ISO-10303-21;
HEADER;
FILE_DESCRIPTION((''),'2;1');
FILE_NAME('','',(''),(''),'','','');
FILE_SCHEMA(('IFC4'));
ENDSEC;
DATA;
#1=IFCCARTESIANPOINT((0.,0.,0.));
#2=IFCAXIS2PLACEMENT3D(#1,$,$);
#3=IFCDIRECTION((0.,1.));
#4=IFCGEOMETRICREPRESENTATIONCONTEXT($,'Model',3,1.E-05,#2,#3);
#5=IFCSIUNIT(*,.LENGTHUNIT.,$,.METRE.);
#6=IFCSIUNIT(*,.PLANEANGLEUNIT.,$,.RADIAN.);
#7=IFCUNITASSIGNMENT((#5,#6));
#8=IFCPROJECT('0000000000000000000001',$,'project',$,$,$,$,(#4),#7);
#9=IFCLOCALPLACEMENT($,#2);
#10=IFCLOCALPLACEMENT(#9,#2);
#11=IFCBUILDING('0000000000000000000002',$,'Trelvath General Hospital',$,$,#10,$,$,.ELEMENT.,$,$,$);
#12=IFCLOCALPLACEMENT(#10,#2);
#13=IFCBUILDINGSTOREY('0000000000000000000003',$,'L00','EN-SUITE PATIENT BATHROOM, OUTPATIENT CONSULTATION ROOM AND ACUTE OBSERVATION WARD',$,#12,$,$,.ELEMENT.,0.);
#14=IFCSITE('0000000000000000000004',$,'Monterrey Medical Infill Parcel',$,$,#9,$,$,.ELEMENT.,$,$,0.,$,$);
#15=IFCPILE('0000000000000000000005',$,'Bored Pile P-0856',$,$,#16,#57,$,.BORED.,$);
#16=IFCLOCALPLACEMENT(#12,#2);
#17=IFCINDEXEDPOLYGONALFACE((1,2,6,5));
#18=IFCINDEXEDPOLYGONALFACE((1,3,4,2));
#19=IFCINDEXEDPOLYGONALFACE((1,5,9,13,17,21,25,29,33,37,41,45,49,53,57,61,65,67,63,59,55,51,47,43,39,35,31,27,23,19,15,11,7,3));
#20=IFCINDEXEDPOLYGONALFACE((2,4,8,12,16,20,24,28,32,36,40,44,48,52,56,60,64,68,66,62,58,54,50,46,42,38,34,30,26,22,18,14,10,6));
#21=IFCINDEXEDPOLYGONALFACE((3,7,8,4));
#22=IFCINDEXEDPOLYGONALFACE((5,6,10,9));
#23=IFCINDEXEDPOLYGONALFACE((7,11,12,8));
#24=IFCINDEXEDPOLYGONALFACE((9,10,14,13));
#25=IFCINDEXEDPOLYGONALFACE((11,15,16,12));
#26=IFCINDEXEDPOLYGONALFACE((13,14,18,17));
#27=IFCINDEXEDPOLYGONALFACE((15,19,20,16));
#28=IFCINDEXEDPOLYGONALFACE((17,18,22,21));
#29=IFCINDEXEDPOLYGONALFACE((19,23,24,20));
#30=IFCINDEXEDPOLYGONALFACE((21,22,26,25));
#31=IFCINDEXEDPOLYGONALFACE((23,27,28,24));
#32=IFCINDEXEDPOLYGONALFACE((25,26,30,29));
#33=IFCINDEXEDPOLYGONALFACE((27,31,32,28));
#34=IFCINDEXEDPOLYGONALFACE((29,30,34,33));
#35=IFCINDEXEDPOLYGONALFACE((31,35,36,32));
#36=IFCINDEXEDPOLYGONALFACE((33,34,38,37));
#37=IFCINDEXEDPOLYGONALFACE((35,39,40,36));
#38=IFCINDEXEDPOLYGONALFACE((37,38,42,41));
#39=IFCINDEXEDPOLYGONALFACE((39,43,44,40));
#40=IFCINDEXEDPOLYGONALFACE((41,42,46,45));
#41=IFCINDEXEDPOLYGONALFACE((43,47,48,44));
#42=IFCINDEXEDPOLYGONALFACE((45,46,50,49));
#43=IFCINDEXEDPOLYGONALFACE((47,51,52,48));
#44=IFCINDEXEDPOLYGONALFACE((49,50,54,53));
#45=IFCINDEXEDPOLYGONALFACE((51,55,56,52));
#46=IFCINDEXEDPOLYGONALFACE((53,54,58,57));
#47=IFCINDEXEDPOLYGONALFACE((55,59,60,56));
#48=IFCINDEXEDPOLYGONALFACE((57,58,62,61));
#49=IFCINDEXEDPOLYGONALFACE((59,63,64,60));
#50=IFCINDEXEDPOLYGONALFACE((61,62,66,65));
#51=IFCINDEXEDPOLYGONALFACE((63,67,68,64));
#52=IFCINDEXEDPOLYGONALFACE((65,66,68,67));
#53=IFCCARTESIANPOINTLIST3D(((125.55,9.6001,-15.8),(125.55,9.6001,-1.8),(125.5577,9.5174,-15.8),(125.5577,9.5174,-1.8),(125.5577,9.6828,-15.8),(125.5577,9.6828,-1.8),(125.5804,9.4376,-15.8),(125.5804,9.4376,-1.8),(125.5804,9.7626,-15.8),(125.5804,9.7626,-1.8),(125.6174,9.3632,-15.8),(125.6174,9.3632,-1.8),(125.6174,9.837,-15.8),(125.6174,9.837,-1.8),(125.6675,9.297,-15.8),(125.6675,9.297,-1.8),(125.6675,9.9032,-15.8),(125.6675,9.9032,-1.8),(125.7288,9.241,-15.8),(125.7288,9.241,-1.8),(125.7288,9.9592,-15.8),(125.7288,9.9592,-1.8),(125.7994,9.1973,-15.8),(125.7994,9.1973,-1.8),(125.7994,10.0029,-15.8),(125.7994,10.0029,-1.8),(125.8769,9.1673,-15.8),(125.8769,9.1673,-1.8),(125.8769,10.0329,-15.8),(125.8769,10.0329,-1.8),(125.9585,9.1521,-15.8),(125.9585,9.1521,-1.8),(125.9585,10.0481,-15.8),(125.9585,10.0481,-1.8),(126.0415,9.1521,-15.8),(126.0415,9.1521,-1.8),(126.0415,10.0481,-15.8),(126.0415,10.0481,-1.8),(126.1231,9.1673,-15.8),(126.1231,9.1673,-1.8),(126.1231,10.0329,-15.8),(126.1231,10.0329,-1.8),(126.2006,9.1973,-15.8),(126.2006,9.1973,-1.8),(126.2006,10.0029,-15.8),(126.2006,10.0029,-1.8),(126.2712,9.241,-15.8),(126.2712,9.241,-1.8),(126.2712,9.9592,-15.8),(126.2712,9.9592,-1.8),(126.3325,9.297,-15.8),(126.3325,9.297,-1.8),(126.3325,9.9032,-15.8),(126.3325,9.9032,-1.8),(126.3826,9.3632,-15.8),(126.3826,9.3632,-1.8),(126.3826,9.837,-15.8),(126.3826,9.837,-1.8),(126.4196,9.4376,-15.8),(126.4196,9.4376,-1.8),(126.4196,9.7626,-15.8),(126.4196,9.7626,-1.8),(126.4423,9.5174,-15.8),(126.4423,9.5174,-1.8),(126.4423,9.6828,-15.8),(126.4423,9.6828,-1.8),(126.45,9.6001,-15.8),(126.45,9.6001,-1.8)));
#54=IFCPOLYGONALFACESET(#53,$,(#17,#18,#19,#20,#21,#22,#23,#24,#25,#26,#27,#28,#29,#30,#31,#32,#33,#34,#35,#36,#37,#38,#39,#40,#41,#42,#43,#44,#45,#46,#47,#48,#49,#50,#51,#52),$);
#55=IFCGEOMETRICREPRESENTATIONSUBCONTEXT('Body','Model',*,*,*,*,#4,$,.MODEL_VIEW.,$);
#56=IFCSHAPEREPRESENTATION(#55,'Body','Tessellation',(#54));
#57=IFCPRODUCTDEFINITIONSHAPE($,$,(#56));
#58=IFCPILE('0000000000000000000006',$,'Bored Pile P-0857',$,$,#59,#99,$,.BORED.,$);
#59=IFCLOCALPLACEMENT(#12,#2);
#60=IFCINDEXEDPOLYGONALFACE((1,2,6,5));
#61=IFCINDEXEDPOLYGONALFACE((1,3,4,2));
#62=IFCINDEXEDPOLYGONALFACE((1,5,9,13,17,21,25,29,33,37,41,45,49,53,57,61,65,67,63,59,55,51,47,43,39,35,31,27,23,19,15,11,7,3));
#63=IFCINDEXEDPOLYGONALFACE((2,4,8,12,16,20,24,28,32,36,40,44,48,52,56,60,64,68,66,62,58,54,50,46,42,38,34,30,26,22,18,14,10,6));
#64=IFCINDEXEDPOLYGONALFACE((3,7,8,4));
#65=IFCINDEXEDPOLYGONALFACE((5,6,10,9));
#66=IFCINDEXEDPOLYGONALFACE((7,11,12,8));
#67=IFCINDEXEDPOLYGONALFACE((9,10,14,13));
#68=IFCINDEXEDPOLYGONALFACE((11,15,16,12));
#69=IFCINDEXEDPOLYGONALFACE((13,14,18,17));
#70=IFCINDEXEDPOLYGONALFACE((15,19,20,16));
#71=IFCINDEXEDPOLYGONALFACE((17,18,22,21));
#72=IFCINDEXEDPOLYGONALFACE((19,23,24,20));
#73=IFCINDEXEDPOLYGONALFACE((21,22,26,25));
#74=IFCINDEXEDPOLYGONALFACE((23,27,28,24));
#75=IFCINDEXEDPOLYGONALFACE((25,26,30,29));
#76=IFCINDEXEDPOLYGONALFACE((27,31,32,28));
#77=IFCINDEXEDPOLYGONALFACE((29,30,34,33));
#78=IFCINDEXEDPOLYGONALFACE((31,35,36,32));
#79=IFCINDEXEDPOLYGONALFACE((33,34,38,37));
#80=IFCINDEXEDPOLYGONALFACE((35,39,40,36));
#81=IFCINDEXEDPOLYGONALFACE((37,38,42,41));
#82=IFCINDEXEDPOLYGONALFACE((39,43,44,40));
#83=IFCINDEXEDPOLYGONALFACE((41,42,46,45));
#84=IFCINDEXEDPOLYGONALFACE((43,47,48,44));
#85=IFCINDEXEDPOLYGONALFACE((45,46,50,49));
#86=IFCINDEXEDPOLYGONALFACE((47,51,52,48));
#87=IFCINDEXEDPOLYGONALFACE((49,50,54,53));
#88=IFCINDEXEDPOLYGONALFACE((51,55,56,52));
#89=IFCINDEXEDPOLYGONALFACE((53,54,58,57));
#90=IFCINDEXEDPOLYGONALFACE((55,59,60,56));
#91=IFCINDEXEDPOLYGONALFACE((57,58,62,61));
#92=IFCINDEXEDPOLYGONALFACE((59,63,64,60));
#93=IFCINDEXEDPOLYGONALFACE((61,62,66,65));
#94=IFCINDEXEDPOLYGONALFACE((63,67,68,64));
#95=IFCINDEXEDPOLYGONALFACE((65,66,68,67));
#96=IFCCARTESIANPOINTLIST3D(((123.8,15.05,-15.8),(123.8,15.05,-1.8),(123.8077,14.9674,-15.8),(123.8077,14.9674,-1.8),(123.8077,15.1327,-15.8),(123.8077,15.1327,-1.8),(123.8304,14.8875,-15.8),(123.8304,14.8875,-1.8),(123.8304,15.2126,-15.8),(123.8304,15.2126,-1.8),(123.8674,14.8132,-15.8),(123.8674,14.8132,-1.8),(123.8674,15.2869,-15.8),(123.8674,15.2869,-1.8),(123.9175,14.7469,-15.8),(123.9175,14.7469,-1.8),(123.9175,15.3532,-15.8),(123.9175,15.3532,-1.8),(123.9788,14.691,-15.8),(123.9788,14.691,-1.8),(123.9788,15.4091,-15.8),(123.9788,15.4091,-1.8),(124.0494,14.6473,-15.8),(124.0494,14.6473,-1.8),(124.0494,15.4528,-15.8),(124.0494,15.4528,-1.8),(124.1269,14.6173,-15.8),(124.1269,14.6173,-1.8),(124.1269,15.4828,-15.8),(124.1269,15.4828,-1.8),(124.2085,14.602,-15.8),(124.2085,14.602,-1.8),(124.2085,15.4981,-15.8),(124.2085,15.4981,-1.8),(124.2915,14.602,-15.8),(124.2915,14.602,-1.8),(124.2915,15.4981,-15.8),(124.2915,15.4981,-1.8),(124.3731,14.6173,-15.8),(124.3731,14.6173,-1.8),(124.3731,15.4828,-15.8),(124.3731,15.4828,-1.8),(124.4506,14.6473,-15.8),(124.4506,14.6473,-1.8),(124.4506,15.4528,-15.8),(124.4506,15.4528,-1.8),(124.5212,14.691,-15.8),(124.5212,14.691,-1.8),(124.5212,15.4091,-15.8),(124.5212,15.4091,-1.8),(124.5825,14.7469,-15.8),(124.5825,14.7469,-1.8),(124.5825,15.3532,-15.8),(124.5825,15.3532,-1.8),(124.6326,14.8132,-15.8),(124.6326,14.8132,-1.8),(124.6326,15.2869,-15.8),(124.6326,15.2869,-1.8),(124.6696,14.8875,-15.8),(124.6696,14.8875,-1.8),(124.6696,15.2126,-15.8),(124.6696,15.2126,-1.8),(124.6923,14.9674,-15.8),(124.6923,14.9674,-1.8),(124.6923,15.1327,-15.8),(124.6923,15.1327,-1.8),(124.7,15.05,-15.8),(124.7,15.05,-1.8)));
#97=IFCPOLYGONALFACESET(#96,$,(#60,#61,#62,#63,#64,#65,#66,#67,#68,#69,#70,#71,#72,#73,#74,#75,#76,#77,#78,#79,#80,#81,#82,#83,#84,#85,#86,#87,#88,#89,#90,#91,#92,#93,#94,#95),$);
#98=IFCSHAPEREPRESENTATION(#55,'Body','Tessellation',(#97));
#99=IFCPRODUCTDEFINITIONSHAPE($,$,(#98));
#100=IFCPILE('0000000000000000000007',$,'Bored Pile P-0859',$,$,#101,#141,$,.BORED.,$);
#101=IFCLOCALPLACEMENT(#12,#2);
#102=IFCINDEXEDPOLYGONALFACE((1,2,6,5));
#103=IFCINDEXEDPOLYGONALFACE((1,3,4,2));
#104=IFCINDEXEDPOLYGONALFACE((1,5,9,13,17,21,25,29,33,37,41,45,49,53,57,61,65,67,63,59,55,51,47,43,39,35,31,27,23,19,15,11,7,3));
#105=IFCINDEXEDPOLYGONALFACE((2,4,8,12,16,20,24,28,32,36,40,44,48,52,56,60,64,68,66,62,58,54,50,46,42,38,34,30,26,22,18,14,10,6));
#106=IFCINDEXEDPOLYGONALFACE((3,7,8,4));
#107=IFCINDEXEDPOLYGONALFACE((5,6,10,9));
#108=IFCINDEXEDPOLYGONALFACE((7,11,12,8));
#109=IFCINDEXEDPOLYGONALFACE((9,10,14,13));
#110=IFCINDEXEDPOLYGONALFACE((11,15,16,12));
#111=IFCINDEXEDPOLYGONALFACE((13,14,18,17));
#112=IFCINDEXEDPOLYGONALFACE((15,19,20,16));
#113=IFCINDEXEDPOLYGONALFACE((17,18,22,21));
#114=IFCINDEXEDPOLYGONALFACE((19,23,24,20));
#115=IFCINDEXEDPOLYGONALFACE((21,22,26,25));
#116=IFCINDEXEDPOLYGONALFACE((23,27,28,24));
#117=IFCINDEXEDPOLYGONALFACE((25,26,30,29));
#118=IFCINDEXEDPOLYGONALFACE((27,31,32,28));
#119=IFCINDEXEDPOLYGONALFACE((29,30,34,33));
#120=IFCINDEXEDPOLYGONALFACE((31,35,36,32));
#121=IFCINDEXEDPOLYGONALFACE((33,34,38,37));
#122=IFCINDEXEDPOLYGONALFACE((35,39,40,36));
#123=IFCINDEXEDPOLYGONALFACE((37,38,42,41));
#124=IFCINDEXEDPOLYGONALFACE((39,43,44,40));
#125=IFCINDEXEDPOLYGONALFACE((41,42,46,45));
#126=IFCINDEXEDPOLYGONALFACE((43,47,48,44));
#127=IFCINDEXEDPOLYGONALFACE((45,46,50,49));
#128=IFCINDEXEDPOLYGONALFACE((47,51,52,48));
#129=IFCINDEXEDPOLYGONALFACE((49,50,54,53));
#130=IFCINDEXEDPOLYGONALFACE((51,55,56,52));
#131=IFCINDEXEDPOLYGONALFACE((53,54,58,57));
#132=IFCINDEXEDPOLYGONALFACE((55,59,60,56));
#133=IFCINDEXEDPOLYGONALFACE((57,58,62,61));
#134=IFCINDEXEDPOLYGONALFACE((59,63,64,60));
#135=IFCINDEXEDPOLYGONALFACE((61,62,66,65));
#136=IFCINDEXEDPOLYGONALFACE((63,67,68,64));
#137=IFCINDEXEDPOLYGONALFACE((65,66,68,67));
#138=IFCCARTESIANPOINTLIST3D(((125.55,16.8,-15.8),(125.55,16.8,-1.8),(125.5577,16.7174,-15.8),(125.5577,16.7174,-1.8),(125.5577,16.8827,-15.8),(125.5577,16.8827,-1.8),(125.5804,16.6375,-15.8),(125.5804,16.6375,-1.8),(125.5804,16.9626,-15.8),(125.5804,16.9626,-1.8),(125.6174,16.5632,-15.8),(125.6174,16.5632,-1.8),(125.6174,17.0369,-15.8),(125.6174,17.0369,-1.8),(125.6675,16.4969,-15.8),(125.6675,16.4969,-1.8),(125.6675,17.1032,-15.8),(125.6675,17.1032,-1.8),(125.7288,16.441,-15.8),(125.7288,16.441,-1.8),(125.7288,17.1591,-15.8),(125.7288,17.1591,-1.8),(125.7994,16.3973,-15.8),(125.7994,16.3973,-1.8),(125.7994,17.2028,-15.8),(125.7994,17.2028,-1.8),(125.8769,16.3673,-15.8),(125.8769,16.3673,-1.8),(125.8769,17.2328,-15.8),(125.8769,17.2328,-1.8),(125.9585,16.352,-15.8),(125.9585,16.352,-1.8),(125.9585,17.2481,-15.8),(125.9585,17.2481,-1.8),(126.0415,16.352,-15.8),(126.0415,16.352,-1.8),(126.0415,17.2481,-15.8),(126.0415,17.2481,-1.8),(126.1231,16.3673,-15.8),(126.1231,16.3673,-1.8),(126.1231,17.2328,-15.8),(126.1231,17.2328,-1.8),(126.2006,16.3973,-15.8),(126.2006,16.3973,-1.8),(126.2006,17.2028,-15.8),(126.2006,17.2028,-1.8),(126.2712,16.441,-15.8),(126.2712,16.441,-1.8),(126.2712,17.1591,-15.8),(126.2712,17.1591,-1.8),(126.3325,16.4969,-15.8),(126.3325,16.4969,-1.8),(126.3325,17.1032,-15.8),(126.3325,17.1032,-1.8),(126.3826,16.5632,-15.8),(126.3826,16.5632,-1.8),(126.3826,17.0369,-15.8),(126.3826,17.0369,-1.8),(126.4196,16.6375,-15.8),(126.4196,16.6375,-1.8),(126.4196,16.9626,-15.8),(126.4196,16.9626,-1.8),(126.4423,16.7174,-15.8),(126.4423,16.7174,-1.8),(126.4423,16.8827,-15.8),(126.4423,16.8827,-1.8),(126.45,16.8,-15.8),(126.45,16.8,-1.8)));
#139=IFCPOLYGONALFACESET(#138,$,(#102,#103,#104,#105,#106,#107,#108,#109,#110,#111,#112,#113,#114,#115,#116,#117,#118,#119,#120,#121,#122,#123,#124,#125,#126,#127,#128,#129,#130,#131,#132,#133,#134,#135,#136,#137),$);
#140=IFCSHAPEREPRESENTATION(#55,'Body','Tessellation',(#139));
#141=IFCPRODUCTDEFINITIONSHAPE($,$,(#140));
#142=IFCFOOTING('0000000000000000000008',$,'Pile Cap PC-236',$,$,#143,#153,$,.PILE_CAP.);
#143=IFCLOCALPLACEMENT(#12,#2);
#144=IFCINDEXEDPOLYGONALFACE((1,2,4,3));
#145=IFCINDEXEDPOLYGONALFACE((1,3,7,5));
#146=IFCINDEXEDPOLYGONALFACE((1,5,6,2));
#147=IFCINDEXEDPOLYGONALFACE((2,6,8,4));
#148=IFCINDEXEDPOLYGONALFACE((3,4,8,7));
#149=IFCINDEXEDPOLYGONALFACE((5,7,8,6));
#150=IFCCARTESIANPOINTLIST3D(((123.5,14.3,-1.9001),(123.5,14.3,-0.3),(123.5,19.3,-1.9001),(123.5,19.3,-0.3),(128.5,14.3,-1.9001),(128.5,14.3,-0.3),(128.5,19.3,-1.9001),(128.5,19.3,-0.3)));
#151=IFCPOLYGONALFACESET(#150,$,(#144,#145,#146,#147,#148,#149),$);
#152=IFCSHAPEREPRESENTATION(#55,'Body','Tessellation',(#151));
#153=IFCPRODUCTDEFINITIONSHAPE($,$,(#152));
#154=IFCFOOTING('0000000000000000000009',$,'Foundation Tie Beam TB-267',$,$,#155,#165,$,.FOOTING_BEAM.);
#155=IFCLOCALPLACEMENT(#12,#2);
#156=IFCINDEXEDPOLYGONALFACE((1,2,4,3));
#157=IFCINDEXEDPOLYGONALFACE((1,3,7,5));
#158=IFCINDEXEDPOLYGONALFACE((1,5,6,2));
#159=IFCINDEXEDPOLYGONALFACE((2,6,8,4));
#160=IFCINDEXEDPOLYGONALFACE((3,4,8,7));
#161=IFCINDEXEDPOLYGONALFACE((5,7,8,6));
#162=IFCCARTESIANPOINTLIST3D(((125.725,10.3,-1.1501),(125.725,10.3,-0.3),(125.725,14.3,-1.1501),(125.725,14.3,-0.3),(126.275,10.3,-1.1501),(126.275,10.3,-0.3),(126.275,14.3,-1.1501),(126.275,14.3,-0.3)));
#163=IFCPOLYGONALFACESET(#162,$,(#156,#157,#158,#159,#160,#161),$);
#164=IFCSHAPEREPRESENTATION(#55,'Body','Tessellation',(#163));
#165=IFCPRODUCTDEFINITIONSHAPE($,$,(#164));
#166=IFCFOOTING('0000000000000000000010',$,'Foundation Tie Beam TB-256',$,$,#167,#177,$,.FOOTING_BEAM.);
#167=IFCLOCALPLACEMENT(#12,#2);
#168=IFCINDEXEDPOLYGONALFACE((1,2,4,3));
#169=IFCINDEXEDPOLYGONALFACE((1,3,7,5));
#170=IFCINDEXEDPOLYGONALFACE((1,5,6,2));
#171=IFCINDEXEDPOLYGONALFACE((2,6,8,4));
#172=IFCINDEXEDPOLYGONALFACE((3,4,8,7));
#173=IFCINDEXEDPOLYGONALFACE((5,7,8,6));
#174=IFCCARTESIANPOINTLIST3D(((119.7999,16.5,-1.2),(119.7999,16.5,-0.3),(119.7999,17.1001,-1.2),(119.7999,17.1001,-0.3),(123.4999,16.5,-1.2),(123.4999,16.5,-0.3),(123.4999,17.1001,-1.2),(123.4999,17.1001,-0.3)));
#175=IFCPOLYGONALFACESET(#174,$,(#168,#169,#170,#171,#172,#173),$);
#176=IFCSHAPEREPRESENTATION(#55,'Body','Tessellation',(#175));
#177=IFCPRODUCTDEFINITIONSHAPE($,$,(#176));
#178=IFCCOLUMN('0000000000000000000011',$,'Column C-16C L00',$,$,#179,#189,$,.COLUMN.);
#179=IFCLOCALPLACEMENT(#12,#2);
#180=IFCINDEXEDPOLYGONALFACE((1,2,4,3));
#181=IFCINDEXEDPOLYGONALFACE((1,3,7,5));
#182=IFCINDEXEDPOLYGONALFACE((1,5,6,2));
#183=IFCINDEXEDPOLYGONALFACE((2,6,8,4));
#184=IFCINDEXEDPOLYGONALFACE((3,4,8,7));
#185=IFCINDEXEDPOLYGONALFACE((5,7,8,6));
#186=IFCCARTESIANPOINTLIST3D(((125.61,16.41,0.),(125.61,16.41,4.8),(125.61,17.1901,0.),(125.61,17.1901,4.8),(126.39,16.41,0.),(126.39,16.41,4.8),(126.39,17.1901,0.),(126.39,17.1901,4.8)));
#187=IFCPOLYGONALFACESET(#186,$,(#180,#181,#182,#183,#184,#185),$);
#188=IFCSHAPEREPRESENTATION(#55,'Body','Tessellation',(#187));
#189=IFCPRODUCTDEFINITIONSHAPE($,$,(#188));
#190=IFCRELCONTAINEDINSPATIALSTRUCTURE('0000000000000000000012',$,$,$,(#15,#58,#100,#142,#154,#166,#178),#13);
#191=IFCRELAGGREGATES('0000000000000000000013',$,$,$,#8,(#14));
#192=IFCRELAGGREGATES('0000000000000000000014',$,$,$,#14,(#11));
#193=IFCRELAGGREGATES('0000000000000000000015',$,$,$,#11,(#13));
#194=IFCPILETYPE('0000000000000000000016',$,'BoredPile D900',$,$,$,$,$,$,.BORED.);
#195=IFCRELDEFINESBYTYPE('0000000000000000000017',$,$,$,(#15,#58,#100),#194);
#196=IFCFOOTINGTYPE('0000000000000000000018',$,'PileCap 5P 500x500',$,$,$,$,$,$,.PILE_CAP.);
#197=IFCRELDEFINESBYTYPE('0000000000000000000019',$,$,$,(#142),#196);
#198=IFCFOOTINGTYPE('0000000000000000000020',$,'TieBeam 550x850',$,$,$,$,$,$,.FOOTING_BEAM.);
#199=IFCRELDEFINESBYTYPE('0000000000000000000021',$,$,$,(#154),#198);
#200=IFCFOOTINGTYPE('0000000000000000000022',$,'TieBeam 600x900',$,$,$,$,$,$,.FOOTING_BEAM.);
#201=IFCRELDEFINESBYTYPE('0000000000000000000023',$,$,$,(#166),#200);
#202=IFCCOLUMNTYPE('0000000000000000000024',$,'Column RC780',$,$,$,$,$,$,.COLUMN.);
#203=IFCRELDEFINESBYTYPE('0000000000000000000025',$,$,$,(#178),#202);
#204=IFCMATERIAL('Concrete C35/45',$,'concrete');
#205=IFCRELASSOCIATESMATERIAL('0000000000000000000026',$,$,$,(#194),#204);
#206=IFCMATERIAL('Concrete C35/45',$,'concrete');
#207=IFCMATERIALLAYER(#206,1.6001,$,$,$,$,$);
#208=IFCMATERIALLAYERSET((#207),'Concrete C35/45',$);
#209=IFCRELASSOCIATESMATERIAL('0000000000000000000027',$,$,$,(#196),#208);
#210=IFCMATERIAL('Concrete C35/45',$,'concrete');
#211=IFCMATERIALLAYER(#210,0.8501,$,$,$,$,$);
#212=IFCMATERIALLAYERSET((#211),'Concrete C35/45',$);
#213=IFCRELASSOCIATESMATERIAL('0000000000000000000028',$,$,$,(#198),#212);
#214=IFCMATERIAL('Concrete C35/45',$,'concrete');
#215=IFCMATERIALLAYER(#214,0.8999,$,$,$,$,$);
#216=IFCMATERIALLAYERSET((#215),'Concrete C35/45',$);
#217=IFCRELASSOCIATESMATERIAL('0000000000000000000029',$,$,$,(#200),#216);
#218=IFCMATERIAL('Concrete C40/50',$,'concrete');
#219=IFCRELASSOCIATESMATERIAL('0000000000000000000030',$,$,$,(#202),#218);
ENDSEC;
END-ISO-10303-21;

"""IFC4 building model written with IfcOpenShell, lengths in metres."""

from ifc_helpers import new_model, si_unit, direction, frame, origin, origin_2d, place, context, subcontext, project, spatial, rectangle, circle, extrude, material, layer, layer_set, material_profile, profile_set, type_object, element, save


model = new_model("IFC4")

# Units and contexts
model_context = context("Model", 3, precision=1e-05, world=origin(), true_north=direction((0.0, 1.0)))
body_context = subcontext(model_context, "Body", "Model", "MODEL_VIEW")
ifc_project = project(units=[si_unit("LENGTHUNIT", "METRE"), si_unit("PLANEANGLEUNIT", "RADIAN")], contexts=[model_context])

# Site, building, storey
site_placement = place(None, origin())
site = spatial("IfcSite", under=ifc_project, at=site_placement, Name="Monterrey Medical Infill Parcel", CompositionType="ELEMENT", RefElevation=0.0)
building_placement = place(site_placement, origin())
building = spatial("IfcBuilding", under=site, at=building_placement, Name="Trelvath General Hospital", CompositionType="ELEMENT")
storey_placement = place(building_placement, origin())
storey = spatial("IfcBuildingStorey", under=building, at=storey_placement, Name="L00", Description="EN-SUITE PATIENT BATHROOM, OUTPATIENT CONSULTATION ROOM AND ACUTE OBSERVATION WARD", CompositionType="ELEMENT", Elevation=0.0)

# Piles
ifc_material_1 = material(Name="Concrete C35/45", Category="concrete")
ifc_material_profile_1 = material_profile(ifc_material_1, circle(Radius=0.45, at=origin_2d()), Name="PILE900")
ifc_profile_set_1 = profile_set([ifc_material_profile_1], Name="Concrete C35/45")
pile_type = type_object("IfcPileType", Name="BoredPile D900", PredefinedType="BORED", material=ifc_profile_set_1)
for number, where, z_axis, x_axis, name in (
    (1, (126.0, 9.6001, -1.8), (0.0, 0.0, -1.0), (1.0, 0.0, 0.0), "Bored Pile P-0856"),
    (2, (124.25, 15.05, -1.8), (0.0, 0.0, -1.0), (1.0, 0.0, 0.0), "Bored Pile P-0857"),
    (3, (126.0, 16.8, -1.8), (0.0, 0.0, -1.0), (1.0, 0.0, 0.0), "Bored Pile P-0859"),
):
    element("IfcPile", number, at=place(storey_placement, frame(where, z_axis=z_axis, x_axis=x_axis)), inside=storey, type_object=pile_type, Name=name, PredefinedType="BORED", context=body_context, shape_type="SweptSolid", body=[
        extrude(circle(Radius=0.45, at=origin_2d()), origin(), (0.0, 0.0, 1.0), 14.0),
    ])

# Footings
ifc_material_2 = material(Name="Concrete C35/45", Category="concrete")
ifc_layer_1 = layer(ifc_material_2, 1.6001)
ifc_layer_set_1 = layer_set([ifc_layer_1], Name="Concrete C35/45")
footing_type_1 = type_object("IfcFootingType", Name="PileCap 5P 500x500", PredefinedType="PILE_CAP", material=ifc_layer_set_1)
footing_1_placement = place(storey_placement, frame((126.0, 16.8, -1.9001), z_axis=(0.0, 0.0, 1.0), x_axis=(1.0, 0.0, 0.0)))
element("IfcFooting", 4, at=footing_1_placement, inside=storey, type_object=footing_type_1, Name="Pile Cap PC-236", PredefinedType="PILE_CAP", context=body_context, shape_type="SweptSolid", body=[
    extrude(rectangle(XDim=5.0, YDim=5.0, at=origin_2d()), origin(), (0.0, 0.0, 1.0), 1.6001),
])
ifc_material_3 = material(Name="Concrete C35/45", Category="concrete")
ifc_layer_2 = layer(ifc_material_3, 0.8501)
ifc_layer_set_2 = layer_set([ifc_layer_2], Name="Concrete C35/45")
footing_type_2 = type_object("IfcFootingType", Name="TieBeam 550x850", PredefinedType="FOOTING_BEAM", material=ifc_layer_set_2)
footing_2_placement = place(storey_placement, frame((126.0, 12.3, -1.1501), z_axis=(0.0, 0.0, 1.0), x_axis=(1.0, 0.0, 0.0)))
element("IfcFooting", 5, at=footing_2_placement, inside=storey, type_object=footing_type_2, Name="Foundation Tie Beam TB-267", PredefinedType="FOOTING_BEAM", context=body_context, shape_type="SweptSolid", body=[
    extrude(rectangle(XDim=0.55, YDim=4.0, at=origin_2d()), origin(), (0.0, 0.0, 1.0), 0.8501),
])
ifc_material_4 = material(Name="Concrete C35/45", Category="concrete")
ifc_layer_3 = layer(ifc_material_4, 0.8999)
ifc_layer_set_3 = layer_set([ifc_layer_3], Name="Concrete C35/45")
footing_type_3 = type_object("IfcFootingType", Name="TieBeam 600x900", PredefinedType="FOOTING_BEAM", material=ifc_layer_set_3)
footing_3_placement = place(storey_placement, frame((121.6499, 16.8, -1.2), z_axis=(0.0, 0.0, 1.0), x_axis=(1.0, 0.0, 0.0)))
element("IfcFooting", 6, at=footing_3_placement, inside=storey, type_object=footing_type_3, Name="Foundation Tie Beam TB-256", PredefinedType="FOOTING_BEAM", context=body_context, shape_type="SweptSolid", body=[
    extrude(rectangle(XDim=3.7, YDim=0.6001, at=origin_2d()), origin(), (0.0, 0.0, 1.0), 0.8999),
])

# Column
ifc_material_5 = material(Name="Concrete C40/50", Category="concrete")
ifc_material_profile_2 = material_profile(ifc_material_5, rectangle(XDim=0.78, YDim=0.78, at=origin_2d()), Name="RC780x780")
ifc_profile_set_2 = profile_set([ifc_material_profile_2], Name="Concrete C40/50")
column_type = type_object("IfcColumnType", Name="Column RC780", PredefinedType="COLUMN", material=ifc_profile_set_2)
column_placement = place(storey_placement, frame((126.0, 16.8, 0.0), z_axis=(0.0, 0.0, 1.0), x_axis=(1.0, 0.0, 0.0)))
element("IfcColumn", 7, at=column_placement, inside=storey, type_object=column_type, Name="Column C-16C L00", PredefinedType="COLUMN", context=body_context, shape_type="SweptSolid", body=[
    extrude(rectangle(XDim=0.78, YDim=0.78, at=origin_2d()), origin(), (0.0, 0.0, 1.0), 4.8),
])

save(model, "model.ifc")
